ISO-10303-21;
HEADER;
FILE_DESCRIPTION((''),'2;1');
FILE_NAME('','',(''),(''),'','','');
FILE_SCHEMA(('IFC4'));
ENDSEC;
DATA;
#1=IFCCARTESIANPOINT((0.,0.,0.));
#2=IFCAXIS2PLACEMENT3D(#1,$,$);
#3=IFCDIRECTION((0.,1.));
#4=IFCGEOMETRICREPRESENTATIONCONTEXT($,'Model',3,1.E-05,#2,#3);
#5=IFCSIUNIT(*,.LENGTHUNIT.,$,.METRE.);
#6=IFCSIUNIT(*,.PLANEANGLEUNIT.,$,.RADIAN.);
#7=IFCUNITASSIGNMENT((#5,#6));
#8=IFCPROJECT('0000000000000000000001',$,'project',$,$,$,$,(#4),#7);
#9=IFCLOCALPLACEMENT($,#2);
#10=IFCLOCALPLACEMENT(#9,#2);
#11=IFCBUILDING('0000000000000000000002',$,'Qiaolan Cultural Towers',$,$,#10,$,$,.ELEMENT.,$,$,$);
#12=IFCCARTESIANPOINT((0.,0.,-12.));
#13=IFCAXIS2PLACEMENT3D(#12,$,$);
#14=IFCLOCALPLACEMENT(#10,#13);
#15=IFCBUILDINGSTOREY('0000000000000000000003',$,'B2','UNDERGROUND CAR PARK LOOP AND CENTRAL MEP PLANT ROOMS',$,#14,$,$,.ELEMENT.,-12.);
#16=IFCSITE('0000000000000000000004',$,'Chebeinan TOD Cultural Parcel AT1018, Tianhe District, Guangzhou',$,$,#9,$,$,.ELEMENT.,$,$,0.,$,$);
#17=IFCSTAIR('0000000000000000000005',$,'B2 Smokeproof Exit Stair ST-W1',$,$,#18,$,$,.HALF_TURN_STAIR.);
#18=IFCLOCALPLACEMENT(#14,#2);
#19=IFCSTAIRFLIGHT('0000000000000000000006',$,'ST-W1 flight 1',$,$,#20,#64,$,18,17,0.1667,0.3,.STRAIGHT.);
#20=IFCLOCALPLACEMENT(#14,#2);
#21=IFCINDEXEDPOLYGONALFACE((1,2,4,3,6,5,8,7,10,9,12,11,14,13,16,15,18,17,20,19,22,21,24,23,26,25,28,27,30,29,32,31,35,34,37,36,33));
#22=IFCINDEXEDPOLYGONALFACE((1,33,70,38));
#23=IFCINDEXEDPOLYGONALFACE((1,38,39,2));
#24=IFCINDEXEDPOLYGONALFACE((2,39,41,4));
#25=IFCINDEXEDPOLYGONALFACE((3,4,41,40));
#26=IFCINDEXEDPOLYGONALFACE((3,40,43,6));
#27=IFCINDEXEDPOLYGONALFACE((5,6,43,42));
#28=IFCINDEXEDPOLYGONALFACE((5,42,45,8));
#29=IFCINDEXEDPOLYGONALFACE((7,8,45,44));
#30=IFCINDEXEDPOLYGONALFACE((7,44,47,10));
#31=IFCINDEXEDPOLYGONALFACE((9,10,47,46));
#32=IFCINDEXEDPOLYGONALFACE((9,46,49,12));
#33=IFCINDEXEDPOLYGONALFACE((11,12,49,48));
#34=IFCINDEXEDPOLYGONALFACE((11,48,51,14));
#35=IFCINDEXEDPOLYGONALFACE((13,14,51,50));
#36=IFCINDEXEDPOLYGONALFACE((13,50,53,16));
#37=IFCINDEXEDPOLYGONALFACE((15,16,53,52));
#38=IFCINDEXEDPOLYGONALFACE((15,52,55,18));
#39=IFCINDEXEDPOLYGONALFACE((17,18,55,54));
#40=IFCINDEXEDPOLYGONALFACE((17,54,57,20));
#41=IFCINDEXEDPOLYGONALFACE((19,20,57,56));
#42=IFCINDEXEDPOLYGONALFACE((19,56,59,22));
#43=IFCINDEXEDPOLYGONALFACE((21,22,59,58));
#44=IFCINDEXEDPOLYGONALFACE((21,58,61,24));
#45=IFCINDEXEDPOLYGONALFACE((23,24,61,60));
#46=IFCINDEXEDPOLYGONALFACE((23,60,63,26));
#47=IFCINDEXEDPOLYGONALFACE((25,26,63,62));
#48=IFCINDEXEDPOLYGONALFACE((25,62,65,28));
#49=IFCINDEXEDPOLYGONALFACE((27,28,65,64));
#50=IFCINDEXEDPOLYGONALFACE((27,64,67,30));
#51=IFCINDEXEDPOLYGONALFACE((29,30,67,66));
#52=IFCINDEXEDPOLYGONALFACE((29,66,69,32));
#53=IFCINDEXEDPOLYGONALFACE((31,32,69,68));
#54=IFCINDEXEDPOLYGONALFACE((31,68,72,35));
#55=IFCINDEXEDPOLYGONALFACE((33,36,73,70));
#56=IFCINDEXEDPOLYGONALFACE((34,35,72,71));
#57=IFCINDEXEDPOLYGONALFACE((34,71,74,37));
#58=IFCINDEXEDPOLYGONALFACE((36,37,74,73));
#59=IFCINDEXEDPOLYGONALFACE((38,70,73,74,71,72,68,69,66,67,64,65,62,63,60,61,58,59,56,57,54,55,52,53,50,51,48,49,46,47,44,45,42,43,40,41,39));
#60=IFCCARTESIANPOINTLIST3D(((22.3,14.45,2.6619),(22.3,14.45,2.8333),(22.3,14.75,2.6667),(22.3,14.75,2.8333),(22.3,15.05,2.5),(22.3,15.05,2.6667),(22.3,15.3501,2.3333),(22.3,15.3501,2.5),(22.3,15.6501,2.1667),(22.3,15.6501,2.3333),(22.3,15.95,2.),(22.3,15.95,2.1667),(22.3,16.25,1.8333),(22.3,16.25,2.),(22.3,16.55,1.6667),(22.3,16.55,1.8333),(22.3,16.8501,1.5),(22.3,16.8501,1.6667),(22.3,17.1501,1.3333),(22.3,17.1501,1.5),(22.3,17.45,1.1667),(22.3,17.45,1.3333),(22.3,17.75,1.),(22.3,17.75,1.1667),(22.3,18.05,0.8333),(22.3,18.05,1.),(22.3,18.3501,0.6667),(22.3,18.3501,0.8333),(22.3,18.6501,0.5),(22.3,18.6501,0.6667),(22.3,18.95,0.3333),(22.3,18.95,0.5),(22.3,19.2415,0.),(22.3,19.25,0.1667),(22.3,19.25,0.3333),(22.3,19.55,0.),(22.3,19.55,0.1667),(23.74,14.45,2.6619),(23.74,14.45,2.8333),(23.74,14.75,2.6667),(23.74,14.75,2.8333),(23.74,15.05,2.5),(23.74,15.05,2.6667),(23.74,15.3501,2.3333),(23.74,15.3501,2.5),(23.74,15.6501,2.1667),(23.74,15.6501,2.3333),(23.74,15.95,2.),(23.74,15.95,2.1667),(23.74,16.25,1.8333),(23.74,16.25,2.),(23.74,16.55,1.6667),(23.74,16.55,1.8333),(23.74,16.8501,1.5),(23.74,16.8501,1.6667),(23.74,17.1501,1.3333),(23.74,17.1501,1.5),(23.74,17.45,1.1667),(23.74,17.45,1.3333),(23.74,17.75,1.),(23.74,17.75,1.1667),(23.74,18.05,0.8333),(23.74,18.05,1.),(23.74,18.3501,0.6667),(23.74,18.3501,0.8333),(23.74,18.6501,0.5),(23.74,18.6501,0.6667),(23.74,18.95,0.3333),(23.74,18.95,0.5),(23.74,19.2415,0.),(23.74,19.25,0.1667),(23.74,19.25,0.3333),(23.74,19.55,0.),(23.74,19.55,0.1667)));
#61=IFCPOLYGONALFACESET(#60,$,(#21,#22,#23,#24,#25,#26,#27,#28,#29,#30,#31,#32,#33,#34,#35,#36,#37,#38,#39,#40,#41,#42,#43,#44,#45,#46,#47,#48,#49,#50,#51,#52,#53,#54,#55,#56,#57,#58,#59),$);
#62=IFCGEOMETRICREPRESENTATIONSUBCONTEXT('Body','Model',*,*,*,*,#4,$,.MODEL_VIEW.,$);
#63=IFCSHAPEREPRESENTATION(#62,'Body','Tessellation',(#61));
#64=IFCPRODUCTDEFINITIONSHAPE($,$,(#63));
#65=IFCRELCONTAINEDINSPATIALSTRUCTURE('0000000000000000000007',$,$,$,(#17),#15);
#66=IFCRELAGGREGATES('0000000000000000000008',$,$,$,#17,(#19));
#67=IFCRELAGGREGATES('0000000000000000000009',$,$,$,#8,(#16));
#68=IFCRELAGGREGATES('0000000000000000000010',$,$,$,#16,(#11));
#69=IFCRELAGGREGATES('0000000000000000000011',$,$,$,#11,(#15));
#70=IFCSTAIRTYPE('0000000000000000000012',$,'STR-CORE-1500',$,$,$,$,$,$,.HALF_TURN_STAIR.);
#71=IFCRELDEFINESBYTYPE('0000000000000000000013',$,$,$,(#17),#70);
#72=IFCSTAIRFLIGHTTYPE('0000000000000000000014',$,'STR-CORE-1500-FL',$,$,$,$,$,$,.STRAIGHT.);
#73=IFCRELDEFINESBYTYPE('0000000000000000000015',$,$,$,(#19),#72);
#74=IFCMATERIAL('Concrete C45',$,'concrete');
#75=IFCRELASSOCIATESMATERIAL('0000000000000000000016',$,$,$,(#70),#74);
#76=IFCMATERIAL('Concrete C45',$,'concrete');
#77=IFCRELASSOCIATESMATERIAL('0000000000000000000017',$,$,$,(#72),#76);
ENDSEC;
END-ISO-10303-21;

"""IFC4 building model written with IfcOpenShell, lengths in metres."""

from ifc_helpers import new_model, si_unit, direction, frame, origin, place, context, subcontext, project, spatial, polyline, outline, extrude, material, type_object, element, aggregate, save


model = new_model("IFC4")

# Units and contexts
model_context = context("Model", 3, precision=1e-05, world=origin(), true_north=direction((0.0, 1.0)))
body_context = subcontext(model_context, "Body", "Model", "MODEL_VIEW")
ifc_project = project(units=[si_unit("LENGTHUNIT", "METRE"), si_unit("PLANEANGLEUNIT", "RADIAN")], contexts=[model_context])

# Site, building, storey
site_placement = place(None, origin())
site = spatial("IfcSite", under=ifc_project, at=site_placement, Name="Chebeinan TOD Cultural Parcel AT1018, Tianhe District, Guangzhou", CompositionType="ELEMENT", RefElevation=0.0)
building_placement = place(site_placement, origin())
building = spatial("IfcBuilding", under=site, at=building_placement, Name="Qiaolan Cultural Towers", CompositionType="ELEMENT")
storey_placement = place(building_placement, frame((0.0, 0.0, -12.0)))
storey = spatial("IfcBuildingStorey", under=building, at=storey_placement, Name="B2", Description="UNDERGROUND CAR PARK LOOP AND CENTRAL MEP PLANT ROOMS", CompositionType="ELEMENT", Elevation=-12.0)

# Stair, stair flight
ifc_material_1 = material(Name="Concrete C45", Category="concrete")
stair_type = type_object("IfcStairType", Name="STR-CORE-1500", PredefinedType="HALF_TURN_STAIR", material=ifc_material_1)
stair_placement = place(storey_placement, origin())
stair = element("IfcStair", 1, at=stair_placement, inside=storey, type_object=stair_type, Name="B2 Smokeproof Exit Stair ST-W1", PredefinedType="HALF_TURN_STAIR")
ifc_material_2 = material(Name="Concrete C45", Category="concrete")
stair_flight_type = type_object("IfcStairFlightType", Name="STR-CORE-1500-FL", PredefinedType="STRAIGHT", material=ifc_material_2)
stair_flight_placement = place(storey_placement, frame((23.02, 19.55, 0.0), z_axis=(0.0, 0.0, 1.0), x_axis=(0.0, -1.0, 0.0)))
stair_flight = element("IfcStairFlight", 2, at=stair_flight_placement, type_object=stair_flight_type, Name="ST-W1 flight 1", NumberOfRisers=18, NumberOfTreads=17, PredefinedType="STRAIGHT", RiserHeight=0.1667, TreadLength=0.3, context=body_context, shape_type="SweptSolid", body=[
    extrude(outline(polyline([(0.0, 0.0), (0.0, 0.1667), (0.3, 0.1667), (0.3, 0.3333), (0.6001, 0.3333), (0.6001, 0.5), (0.8999, 0.5), (0.8999, 0.6667), (1.2, 0.6667), (1.2, 0.8333), (1.5, 0.8333), (1.5, 1.0), (1.8, 1.0), (1.8, 1.1667), (2.1001, 1.1667), (2.1001, 1.3333), (2.3999, 1.3333), (2.3999, 1.5), (2.7, 1.5), (2.7, 1.6667), (3.0, 1.6667), (3.0, 1.8333), (3.3, 1.8333), (3.3, 2.0), (3.6001, 2.0), (3.6001, 2.1667), (3.8999, 2.1667), (3.8999, 2.3333), (4.2, 2.3333), (4.2, 2.5), (4.5, 2.5), (4.5, 2.6667), (4.8, 2.6667), (4.8, 2.8333), (5.1001, 2.8333), (5.1001, 3.0), (5.1001, 2.6619), (0.3086, 0.0), (0.0, 0.0)])), frame((0.0, 0.72, 0.0), z_axis=(0.0, -1.0, 0.0), x_axis=(1.0, 0.0, 0.0)), (0.0, 0.0, 1.0), 1.4399),
])
aggregate(stair, [stair_flight])

save(model, "model.ifc")
